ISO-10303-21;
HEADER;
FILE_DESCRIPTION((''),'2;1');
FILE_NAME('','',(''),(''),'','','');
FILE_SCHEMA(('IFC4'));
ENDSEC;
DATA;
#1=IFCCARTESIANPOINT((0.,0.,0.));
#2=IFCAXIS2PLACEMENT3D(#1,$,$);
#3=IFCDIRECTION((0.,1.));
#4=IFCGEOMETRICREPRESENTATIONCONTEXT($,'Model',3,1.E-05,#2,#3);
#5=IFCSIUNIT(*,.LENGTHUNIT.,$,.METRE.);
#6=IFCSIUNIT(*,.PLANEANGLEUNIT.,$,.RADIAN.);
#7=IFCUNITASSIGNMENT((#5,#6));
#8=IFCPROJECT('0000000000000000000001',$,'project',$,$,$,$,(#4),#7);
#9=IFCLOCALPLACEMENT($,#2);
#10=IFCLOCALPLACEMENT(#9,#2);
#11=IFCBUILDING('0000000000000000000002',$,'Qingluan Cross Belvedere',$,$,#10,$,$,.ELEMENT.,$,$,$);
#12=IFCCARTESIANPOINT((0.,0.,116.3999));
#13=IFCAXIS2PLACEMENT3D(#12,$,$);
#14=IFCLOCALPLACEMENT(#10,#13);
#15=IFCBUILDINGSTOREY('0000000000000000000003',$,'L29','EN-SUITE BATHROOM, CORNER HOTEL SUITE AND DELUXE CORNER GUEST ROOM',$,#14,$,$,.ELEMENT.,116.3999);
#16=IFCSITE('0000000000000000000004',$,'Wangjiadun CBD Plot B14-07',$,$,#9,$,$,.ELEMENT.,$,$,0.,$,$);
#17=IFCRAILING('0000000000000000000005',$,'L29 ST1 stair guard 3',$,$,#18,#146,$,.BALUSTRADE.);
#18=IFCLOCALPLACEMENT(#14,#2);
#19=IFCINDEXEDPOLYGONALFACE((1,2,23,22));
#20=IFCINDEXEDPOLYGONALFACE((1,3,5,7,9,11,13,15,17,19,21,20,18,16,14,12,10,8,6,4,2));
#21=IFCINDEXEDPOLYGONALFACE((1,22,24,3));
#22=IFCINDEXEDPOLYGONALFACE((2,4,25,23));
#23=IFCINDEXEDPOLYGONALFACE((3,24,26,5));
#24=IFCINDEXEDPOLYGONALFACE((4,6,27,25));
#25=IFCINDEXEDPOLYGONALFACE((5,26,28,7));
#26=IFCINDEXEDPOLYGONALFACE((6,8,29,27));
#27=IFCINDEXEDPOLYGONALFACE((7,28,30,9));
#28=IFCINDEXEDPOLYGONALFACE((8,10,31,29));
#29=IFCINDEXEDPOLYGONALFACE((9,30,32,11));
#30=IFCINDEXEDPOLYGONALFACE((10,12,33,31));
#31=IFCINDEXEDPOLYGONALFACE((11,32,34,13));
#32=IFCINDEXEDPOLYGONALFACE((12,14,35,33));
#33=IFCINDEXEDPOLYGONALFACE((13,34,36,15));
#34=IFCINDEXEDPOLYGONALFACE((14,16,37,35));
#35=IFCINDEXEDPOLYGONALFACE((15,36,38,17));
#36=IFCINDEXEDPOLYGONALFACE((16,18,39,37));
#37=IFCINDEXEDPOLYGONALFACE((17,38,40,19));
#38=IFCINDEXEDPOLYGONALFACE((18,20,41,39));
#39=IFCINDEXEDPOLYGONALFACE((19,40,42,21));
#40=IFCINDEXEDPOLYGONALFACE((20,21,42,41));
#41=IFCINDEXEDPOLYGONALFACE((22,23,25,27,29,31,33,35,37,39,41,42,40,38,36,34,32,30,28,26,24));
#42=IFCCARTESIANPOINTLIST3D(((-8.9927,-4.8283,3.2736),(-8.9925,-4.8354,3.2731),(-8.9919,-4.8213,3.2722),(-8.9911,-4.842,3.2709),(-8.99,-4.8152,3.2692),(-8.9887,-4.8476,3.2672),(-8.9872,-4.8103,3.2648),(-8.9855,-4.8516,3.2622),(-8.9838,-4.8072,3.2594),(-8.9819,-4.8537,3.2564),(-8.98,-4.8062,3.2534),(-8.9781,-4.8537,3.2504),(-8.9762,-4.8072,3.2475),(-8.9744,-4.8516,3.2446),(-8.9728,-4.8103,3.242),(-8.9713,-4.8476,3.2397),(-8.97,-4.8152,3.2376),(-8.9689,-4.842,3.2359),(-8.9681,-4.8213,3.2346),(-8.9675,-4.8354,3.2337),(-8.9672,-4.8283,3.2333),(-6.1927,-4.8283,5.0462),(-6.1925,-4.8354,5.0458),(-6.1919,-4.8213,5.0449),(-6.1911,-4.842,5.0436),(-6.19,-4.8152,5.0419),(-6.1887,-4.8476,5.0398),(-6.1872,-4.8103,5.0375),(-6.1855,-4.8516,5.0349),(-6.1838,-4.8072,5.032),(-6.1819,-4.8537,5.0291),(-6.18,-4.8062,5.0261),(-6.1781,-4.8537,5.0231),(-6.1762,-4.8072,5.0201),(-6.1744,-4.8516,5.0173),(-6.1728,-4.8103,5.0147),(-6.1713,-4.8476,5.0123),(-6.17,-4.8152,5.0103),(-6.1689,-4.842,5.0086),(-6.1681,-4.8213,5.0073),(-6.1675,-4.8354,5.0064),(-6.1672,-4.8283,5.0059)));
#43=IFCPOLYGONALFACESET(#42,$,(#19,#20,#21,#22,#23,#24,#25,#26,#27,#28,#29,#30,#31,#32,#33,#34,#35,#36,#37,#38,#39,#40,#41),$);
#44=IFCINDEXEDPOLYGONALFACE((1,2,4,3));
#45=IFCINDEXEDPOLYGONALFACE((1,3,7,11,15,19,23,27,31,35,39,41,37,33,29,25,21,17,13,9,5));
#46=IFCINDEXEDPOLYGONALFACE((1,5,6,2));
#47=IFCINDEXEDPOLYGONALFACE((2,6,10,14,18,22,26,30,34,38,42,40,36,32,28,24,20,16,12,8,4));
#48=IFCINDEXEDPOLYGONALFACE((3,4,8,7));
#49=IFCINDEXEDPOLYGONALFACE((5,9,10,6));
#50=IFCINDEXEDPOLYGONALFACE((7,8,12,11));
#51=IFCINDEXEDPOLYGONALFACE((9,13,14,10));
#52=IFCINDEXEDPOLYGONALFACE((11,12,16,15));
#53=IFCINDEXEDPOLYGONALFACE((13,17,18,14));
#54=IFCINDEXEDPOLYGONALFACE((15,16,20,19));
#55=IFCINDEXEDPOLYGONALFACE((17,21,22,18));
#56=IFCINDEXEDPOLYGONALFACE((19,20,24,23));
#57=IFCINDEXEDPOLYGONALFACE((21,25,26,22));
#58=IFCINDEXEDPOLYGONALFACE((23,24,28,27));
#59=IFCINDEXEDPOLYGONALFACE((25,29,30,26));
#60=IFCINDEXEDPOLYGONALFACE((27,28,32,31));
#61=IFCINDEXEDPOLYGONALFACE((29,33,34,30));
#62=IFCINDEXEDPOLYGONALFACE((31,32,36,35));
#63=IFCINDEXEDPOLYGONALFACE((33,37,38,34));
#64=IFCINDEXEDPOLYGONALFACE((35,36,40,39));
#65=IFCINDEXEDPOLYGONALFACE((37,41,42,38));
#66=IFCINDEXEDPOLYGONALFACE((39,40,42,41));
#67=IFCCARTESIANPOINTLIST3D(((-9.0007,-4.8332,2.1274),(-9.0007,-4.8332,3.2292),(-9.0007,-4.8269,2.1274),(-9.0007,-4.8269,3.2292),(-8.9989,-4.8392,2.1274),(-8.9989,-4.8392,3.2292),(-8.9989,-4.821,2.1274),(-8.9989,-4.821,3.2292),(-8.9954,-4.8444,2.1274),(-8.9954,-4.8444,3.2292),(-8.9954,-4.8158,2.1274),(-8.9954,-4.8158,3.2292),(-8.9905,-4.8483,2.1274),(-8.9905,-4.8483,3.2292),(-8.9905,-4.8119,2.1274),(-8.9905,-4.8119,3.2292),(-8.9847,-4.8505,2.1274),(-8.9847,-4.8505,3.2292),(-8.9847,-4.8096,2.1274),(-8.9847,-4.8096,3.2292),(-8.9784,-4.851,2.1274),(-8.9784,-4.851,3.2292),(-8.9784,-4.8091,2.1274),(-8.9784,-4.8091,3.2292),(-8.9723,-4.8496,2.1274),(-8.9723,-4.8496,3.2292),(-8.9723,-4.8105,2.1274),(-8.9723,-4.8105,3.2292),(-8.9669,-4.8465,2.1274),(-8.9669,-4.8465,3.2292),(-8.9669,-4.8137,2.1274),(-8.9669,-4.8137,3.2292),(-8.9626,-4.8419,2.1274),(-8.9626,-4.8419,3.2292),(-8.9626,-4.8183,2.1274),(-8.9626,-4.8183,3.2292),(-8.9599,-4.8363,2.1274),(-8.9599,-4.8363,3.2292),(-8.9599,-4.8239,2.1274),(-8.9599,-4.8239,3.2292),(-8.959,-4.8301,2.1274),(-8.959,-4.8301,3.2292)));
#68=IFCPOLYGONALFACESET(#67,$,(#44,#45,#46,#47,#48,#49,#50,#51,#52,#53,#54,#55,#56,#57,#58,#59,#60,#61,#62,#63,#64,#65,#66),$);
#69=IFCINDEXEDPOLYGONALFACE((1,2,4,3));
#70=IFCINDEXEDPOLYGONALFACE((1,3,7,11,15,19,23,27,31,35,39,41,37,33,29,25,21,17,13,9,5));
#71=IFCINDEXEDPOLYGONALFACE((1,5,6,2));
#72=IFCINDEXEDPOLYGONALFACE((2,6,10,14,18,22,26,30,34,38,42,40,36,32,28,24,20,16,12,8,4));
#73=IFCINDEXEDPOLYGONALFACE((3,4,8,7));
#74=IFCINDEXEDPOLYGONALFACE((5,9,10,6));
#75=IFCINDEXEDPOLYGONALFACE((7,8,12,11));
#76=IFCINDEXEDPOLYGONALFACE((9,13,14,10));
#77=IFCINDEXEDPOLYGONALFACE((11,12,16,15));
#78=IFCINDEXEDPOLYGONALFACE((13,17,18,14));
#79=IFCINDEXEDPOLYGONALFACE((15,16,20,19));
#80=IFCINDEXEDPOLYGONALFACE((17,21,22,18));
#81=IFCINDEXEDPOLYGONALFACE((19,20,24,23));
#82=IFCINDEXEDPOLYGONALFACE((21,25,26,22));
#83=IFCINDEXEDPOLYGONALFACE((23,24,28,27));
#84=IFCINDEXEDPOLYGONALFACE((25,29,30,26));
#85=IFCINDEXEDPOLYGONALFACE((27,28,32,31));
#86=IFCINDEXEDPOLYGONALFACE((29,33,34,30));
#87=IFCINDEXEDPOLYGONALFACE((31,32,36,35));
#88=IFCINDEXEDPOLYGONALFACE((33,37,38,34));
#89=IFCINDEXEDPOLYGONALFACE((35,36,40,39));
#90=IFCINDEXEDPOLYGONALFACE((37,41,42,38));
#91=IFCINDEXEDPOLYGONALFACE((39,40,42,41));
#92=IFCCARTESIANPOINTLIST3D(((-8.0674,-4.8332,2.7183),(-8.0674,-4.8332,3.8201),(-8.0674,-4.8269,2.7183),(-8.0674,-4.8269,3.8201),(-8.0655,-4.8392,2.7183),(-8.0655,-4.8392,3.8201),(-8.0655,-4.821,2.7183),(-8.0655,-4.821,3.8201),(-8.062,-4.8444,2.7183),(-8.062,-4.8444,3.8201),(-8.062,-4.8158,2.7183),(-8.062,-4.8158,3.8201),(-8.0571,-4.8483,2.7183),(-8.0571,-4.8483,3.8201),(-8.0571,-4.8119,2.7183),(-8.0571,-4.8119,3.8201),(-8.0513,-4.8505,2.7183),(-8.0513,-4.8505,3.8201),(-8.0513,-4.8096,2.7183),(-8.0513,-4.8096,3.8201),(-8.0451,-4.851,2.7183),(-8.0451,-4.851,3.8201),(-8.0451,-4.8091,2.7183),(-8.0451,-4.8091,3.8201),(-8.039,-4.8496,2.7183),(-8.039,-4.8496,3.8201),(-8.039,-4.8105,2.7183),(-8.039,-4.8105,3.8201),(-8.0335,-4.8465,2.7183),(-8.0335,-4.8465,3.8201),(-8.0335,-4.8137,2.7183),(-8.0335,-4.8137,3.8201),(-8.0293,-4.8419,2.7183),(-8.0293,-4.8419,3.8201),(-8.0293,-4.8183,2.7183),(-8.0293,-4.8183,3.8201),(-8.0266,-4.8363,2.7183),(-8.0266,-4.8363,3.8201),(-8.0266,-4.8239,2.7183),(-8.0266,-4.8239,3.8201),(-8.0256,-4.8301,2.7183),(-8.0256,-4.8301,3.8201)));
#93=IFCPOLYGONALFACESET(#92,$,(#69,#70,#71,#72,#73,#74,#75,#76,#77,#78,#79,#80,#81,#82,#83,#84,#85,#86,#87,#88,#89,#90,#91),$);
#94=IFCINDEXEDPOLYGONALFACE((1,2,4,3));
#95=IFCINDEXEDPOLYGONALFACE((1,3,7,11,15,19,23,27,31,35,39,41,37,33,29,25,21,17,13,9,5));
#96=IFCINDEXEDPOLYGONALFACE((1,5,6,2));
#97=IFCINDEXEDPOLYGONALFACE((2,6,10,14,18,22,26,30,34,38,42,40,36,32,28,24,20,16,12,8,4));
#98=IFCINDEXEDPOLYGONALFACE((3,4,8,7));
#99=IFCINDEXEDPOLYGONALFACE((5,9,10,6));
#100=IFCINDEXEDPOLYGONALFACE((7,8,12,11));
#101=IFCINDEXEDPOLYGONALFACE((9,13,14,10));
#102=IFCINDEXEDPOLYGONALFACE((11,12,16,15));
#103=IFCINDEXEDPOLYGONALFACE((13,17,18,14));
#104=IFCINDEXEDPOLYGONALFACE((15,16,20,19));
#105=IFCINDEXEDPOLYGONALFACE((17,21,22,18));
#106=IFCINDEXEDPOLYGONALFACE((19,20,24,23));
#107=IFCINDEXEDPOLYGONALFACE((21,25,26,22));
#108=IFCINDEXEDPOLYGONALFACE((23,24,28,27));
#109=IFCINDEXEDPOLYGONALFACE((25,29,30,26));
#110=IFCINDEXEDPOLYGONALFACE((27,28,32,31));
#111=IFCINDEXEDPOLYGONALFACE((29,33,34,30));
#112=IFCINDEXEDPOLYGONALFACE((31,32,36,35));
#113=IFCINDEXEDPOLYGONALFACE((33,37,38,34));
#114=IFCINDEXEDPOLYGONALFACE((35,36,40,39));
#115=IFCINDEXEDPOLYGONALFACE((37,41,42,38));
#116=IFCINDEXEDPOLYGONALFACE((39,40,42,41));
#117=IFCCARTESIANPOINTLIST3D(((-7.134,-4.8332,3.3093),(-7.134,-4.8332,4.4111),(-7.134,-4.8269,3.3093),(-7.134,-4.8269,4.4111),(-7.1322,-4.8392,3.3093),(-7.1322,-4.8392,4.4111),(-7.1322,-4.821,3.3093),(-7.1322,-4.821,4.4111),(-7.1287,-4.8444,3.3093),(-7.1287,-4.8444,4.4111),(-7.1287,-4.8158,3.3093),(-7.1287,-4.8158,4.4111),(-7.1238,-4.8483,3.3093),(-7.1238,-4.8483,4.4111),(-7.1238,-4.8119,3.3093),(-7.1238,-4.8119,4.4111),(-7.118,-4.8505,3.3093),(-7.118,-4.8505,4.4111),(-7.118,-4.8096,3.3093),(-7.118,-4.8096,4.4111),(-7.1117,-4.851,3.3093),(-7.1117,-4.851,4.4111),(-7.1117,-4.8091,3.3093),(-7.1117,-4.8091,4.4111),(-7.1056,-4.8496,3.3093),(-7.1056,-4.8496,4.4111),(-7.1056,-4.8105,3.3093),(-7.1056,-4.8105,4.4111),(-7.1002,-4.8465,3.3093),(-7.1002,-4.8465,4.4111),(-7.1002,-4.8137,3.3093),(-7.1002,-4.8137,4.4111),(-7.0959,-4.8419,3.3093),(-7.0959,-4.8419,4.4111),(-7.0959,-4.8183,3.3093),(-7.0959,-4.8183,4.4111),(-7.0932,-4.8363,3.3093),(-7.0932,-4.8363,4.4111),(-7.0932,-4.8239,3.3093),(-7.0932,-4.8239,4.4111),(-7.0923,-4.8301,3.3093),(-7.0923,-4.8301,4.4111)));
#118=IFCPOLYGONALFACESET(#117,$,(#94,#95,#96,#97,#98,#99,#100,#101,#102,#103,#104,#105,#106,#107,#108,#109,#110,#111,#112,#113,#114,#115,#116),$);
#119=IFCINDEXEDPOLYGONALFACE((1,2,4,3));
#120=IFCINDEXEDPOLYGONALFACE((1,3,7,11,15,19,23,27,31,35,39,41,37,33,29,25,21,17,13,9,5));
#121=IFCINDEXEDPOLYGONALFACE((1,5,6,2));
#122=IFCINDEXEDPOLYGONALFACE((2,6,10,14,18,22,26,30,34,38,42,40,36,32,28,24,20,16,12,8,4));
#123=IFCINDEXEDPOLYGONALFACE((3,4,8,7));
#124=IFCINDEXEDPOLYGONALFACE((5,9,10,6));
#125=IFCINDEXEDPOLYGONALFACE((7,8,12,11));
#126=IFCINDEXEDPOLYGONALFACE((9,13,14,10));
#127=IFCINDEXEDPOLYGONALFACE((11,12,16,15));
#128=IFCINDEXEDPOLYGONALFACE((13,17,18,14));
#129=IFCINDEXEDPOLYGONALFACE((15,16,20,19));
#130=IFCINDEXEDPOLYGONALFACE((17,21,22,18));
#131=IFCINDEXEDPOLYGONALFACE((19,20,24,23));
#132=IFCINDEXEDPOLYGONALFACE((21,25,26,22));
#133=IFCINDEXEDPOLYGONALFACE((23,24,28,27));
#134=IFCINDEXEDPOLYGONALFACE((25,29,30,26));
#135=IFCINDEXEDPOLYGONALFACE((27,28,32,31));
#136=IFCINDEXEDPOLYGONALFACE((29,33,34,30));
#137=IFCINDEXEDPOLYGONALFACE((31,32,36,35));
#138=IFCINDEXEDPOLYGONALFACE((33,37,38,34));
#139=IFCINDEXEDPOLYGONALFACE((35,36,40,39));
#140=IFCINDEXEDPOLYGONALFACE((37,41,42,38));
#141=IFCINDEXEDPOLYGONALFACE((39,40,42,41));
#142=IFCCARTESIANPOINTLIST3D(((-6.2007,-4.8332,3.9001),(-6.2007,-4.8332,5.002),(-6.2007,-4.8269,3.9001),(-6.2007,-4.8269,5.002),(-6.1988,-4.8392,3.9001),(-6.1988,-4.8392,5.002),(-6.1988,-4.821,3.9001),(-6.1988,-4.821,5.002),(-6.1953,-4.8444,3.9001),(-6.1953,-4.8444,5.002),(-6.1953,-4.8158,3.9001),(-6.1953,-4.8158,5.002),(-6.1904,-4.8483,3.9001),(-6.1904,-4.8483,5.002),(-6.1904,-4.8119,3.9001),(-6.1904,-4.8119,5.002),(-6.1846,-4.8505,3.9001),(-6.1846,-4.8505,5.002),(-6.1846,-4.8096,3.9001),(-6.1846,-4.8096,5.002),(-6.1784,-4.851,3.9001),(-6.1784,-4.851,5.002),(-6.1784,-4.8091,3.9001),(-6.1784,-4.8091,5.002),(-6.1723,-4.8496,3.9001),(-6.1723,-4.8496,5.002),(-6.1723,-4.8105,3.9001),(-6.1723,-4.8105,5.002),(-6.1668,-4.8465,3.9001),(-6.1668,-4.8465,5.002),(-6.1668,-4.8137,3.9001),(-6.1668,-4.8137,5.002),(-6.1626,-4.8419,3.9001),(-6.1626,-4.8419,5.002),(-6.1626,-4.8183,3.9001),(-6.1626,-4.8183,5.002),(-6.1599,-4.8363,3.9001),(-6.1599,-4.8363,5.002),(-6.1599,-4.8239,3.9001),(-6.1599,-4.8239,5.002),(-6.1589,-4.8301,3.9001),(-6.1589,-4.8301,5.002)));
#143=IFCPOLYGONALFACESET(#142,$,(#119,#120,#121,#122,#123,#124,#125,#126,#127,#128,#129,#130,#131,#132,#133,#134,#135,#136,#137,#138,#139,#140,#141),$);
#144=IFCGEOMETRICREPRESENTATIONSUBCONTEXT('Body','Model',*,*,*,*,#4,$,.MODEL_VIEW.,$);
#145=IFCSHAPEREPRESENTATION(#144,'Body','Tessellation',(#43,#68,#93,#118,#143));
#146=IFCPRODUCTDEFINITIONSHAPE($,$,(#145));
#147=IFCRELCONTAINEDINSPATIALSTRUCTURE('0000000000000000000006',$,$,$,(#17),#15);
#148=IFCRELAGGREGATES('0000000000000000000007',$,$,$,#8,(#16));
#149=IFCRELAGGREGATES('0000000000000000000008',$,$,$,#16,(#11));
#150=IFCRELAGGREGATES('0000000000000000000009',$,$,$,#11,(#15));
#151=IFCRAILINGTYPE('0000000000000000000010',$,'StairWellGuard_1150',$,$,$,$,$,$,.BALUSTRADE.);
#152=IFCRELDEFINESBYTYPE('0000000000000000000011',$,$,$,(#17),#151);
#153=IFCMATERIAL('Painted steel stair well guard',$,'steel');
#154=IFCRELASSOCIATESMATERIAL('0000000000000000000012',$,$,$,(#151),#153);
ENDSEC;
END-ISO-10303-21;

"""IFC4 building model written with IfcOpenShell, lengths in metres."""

from ifc_helpers import new_model, si_unit, direction, frame, origin, origin_2d, place, context, subcontext, project, spatial, circle, extrude, material, type_object, element, save


model = new_model("IFC4")

# Units and contexts
model_context = context("Model", 3, precision=1e-05, world=origin(), true_north=direction((0.0, 1.0)))
body_context = subcontext(model_context, "Body", "Model", "MODEL_VIEW")
ifc_project = project(units=[si_unit("LENGTHUNIT", "METRE"), si_unit("PLANEANGLEUNIT", "RADIAN")], contexts=[model_context])

# Site, building, storey
site_placement = place(None, origin())
site = spatial("IfcSite", under=ifc_project, at=site_placement, Name="Wangjiadun CBD Plot B14-07", CompositionType="ELEMENT", RefElevation=0.0)
building_placement = place(site_placement, origin())
building = spatial("IfcBuilding", under=site, at=building_placement, Name="Qingluan Cross Belvedere", CompositionType="ELEMENT")
storey_placement = place(building_placement, frame((0.0, 0.0, 116.3999)))
storey = spatial("IfcBuildingStorey", under=building, at=storey_placement, Name="L29", Description="EN-SUITE BATHROOM, CORNER HOTEL SUITE AND DELUXE CORNER GUEST ROOM", CompositionType="ELEMENT", Elevation=116.3999)

# Railing
ifc_material_1 = material(Name="Painted steel stair well guard", Category="steel")
railing_type_1 = type_object("IfcRailingType", Name="StairWellGuard_1150", PredefinedType="BALUSTRADE", material=ifc_material_1)
railing_1_placement = place(storey_placement, frame((-8.98, -4.8301, 2.1274)))
element("IfcRailing", 1, at=railing_1_placement, inside=storey, type_object=railing_type_1, Name="L29 ST1 stair guard 3", PredefinedType="BALUSTRADE", context=body_context, shape_type="SweptSolid", body=[
    extrude(circle(Radius=0.0239, at=origin_2d()), frame((0.0, 0.0, 1.126), z_axis=(0.844909, 0.0, 0.53491), x_axis=(0.0, 1.0, 0.0)), (0.0, 0.0, 1.0), 3.314),
    extrude(circle(Radius=0.021, at=origin_2d()), origin(), (0.0, 0.0, 1.0), 1.1018),
    extrude(circle(Radius=0.021, at=origin_2d()), frame((0.9333, 0.0, 0.5908)), (0.0, 0.0, 1.0), 1.1018),
    extrude(circle(Radius=0.021, at=origin_2d()), frame((1.8667, 0.0, 1.1819)), (0.0, 0.0, 1.0), 1.1018),
    extrude(circle(Radius=0.021, at=origin_2d()), frame((2.8, 0.0, 1.7727)), (0.0, 0.0, 1.0), 1.1018),
])

save(model, "model.ifc")
